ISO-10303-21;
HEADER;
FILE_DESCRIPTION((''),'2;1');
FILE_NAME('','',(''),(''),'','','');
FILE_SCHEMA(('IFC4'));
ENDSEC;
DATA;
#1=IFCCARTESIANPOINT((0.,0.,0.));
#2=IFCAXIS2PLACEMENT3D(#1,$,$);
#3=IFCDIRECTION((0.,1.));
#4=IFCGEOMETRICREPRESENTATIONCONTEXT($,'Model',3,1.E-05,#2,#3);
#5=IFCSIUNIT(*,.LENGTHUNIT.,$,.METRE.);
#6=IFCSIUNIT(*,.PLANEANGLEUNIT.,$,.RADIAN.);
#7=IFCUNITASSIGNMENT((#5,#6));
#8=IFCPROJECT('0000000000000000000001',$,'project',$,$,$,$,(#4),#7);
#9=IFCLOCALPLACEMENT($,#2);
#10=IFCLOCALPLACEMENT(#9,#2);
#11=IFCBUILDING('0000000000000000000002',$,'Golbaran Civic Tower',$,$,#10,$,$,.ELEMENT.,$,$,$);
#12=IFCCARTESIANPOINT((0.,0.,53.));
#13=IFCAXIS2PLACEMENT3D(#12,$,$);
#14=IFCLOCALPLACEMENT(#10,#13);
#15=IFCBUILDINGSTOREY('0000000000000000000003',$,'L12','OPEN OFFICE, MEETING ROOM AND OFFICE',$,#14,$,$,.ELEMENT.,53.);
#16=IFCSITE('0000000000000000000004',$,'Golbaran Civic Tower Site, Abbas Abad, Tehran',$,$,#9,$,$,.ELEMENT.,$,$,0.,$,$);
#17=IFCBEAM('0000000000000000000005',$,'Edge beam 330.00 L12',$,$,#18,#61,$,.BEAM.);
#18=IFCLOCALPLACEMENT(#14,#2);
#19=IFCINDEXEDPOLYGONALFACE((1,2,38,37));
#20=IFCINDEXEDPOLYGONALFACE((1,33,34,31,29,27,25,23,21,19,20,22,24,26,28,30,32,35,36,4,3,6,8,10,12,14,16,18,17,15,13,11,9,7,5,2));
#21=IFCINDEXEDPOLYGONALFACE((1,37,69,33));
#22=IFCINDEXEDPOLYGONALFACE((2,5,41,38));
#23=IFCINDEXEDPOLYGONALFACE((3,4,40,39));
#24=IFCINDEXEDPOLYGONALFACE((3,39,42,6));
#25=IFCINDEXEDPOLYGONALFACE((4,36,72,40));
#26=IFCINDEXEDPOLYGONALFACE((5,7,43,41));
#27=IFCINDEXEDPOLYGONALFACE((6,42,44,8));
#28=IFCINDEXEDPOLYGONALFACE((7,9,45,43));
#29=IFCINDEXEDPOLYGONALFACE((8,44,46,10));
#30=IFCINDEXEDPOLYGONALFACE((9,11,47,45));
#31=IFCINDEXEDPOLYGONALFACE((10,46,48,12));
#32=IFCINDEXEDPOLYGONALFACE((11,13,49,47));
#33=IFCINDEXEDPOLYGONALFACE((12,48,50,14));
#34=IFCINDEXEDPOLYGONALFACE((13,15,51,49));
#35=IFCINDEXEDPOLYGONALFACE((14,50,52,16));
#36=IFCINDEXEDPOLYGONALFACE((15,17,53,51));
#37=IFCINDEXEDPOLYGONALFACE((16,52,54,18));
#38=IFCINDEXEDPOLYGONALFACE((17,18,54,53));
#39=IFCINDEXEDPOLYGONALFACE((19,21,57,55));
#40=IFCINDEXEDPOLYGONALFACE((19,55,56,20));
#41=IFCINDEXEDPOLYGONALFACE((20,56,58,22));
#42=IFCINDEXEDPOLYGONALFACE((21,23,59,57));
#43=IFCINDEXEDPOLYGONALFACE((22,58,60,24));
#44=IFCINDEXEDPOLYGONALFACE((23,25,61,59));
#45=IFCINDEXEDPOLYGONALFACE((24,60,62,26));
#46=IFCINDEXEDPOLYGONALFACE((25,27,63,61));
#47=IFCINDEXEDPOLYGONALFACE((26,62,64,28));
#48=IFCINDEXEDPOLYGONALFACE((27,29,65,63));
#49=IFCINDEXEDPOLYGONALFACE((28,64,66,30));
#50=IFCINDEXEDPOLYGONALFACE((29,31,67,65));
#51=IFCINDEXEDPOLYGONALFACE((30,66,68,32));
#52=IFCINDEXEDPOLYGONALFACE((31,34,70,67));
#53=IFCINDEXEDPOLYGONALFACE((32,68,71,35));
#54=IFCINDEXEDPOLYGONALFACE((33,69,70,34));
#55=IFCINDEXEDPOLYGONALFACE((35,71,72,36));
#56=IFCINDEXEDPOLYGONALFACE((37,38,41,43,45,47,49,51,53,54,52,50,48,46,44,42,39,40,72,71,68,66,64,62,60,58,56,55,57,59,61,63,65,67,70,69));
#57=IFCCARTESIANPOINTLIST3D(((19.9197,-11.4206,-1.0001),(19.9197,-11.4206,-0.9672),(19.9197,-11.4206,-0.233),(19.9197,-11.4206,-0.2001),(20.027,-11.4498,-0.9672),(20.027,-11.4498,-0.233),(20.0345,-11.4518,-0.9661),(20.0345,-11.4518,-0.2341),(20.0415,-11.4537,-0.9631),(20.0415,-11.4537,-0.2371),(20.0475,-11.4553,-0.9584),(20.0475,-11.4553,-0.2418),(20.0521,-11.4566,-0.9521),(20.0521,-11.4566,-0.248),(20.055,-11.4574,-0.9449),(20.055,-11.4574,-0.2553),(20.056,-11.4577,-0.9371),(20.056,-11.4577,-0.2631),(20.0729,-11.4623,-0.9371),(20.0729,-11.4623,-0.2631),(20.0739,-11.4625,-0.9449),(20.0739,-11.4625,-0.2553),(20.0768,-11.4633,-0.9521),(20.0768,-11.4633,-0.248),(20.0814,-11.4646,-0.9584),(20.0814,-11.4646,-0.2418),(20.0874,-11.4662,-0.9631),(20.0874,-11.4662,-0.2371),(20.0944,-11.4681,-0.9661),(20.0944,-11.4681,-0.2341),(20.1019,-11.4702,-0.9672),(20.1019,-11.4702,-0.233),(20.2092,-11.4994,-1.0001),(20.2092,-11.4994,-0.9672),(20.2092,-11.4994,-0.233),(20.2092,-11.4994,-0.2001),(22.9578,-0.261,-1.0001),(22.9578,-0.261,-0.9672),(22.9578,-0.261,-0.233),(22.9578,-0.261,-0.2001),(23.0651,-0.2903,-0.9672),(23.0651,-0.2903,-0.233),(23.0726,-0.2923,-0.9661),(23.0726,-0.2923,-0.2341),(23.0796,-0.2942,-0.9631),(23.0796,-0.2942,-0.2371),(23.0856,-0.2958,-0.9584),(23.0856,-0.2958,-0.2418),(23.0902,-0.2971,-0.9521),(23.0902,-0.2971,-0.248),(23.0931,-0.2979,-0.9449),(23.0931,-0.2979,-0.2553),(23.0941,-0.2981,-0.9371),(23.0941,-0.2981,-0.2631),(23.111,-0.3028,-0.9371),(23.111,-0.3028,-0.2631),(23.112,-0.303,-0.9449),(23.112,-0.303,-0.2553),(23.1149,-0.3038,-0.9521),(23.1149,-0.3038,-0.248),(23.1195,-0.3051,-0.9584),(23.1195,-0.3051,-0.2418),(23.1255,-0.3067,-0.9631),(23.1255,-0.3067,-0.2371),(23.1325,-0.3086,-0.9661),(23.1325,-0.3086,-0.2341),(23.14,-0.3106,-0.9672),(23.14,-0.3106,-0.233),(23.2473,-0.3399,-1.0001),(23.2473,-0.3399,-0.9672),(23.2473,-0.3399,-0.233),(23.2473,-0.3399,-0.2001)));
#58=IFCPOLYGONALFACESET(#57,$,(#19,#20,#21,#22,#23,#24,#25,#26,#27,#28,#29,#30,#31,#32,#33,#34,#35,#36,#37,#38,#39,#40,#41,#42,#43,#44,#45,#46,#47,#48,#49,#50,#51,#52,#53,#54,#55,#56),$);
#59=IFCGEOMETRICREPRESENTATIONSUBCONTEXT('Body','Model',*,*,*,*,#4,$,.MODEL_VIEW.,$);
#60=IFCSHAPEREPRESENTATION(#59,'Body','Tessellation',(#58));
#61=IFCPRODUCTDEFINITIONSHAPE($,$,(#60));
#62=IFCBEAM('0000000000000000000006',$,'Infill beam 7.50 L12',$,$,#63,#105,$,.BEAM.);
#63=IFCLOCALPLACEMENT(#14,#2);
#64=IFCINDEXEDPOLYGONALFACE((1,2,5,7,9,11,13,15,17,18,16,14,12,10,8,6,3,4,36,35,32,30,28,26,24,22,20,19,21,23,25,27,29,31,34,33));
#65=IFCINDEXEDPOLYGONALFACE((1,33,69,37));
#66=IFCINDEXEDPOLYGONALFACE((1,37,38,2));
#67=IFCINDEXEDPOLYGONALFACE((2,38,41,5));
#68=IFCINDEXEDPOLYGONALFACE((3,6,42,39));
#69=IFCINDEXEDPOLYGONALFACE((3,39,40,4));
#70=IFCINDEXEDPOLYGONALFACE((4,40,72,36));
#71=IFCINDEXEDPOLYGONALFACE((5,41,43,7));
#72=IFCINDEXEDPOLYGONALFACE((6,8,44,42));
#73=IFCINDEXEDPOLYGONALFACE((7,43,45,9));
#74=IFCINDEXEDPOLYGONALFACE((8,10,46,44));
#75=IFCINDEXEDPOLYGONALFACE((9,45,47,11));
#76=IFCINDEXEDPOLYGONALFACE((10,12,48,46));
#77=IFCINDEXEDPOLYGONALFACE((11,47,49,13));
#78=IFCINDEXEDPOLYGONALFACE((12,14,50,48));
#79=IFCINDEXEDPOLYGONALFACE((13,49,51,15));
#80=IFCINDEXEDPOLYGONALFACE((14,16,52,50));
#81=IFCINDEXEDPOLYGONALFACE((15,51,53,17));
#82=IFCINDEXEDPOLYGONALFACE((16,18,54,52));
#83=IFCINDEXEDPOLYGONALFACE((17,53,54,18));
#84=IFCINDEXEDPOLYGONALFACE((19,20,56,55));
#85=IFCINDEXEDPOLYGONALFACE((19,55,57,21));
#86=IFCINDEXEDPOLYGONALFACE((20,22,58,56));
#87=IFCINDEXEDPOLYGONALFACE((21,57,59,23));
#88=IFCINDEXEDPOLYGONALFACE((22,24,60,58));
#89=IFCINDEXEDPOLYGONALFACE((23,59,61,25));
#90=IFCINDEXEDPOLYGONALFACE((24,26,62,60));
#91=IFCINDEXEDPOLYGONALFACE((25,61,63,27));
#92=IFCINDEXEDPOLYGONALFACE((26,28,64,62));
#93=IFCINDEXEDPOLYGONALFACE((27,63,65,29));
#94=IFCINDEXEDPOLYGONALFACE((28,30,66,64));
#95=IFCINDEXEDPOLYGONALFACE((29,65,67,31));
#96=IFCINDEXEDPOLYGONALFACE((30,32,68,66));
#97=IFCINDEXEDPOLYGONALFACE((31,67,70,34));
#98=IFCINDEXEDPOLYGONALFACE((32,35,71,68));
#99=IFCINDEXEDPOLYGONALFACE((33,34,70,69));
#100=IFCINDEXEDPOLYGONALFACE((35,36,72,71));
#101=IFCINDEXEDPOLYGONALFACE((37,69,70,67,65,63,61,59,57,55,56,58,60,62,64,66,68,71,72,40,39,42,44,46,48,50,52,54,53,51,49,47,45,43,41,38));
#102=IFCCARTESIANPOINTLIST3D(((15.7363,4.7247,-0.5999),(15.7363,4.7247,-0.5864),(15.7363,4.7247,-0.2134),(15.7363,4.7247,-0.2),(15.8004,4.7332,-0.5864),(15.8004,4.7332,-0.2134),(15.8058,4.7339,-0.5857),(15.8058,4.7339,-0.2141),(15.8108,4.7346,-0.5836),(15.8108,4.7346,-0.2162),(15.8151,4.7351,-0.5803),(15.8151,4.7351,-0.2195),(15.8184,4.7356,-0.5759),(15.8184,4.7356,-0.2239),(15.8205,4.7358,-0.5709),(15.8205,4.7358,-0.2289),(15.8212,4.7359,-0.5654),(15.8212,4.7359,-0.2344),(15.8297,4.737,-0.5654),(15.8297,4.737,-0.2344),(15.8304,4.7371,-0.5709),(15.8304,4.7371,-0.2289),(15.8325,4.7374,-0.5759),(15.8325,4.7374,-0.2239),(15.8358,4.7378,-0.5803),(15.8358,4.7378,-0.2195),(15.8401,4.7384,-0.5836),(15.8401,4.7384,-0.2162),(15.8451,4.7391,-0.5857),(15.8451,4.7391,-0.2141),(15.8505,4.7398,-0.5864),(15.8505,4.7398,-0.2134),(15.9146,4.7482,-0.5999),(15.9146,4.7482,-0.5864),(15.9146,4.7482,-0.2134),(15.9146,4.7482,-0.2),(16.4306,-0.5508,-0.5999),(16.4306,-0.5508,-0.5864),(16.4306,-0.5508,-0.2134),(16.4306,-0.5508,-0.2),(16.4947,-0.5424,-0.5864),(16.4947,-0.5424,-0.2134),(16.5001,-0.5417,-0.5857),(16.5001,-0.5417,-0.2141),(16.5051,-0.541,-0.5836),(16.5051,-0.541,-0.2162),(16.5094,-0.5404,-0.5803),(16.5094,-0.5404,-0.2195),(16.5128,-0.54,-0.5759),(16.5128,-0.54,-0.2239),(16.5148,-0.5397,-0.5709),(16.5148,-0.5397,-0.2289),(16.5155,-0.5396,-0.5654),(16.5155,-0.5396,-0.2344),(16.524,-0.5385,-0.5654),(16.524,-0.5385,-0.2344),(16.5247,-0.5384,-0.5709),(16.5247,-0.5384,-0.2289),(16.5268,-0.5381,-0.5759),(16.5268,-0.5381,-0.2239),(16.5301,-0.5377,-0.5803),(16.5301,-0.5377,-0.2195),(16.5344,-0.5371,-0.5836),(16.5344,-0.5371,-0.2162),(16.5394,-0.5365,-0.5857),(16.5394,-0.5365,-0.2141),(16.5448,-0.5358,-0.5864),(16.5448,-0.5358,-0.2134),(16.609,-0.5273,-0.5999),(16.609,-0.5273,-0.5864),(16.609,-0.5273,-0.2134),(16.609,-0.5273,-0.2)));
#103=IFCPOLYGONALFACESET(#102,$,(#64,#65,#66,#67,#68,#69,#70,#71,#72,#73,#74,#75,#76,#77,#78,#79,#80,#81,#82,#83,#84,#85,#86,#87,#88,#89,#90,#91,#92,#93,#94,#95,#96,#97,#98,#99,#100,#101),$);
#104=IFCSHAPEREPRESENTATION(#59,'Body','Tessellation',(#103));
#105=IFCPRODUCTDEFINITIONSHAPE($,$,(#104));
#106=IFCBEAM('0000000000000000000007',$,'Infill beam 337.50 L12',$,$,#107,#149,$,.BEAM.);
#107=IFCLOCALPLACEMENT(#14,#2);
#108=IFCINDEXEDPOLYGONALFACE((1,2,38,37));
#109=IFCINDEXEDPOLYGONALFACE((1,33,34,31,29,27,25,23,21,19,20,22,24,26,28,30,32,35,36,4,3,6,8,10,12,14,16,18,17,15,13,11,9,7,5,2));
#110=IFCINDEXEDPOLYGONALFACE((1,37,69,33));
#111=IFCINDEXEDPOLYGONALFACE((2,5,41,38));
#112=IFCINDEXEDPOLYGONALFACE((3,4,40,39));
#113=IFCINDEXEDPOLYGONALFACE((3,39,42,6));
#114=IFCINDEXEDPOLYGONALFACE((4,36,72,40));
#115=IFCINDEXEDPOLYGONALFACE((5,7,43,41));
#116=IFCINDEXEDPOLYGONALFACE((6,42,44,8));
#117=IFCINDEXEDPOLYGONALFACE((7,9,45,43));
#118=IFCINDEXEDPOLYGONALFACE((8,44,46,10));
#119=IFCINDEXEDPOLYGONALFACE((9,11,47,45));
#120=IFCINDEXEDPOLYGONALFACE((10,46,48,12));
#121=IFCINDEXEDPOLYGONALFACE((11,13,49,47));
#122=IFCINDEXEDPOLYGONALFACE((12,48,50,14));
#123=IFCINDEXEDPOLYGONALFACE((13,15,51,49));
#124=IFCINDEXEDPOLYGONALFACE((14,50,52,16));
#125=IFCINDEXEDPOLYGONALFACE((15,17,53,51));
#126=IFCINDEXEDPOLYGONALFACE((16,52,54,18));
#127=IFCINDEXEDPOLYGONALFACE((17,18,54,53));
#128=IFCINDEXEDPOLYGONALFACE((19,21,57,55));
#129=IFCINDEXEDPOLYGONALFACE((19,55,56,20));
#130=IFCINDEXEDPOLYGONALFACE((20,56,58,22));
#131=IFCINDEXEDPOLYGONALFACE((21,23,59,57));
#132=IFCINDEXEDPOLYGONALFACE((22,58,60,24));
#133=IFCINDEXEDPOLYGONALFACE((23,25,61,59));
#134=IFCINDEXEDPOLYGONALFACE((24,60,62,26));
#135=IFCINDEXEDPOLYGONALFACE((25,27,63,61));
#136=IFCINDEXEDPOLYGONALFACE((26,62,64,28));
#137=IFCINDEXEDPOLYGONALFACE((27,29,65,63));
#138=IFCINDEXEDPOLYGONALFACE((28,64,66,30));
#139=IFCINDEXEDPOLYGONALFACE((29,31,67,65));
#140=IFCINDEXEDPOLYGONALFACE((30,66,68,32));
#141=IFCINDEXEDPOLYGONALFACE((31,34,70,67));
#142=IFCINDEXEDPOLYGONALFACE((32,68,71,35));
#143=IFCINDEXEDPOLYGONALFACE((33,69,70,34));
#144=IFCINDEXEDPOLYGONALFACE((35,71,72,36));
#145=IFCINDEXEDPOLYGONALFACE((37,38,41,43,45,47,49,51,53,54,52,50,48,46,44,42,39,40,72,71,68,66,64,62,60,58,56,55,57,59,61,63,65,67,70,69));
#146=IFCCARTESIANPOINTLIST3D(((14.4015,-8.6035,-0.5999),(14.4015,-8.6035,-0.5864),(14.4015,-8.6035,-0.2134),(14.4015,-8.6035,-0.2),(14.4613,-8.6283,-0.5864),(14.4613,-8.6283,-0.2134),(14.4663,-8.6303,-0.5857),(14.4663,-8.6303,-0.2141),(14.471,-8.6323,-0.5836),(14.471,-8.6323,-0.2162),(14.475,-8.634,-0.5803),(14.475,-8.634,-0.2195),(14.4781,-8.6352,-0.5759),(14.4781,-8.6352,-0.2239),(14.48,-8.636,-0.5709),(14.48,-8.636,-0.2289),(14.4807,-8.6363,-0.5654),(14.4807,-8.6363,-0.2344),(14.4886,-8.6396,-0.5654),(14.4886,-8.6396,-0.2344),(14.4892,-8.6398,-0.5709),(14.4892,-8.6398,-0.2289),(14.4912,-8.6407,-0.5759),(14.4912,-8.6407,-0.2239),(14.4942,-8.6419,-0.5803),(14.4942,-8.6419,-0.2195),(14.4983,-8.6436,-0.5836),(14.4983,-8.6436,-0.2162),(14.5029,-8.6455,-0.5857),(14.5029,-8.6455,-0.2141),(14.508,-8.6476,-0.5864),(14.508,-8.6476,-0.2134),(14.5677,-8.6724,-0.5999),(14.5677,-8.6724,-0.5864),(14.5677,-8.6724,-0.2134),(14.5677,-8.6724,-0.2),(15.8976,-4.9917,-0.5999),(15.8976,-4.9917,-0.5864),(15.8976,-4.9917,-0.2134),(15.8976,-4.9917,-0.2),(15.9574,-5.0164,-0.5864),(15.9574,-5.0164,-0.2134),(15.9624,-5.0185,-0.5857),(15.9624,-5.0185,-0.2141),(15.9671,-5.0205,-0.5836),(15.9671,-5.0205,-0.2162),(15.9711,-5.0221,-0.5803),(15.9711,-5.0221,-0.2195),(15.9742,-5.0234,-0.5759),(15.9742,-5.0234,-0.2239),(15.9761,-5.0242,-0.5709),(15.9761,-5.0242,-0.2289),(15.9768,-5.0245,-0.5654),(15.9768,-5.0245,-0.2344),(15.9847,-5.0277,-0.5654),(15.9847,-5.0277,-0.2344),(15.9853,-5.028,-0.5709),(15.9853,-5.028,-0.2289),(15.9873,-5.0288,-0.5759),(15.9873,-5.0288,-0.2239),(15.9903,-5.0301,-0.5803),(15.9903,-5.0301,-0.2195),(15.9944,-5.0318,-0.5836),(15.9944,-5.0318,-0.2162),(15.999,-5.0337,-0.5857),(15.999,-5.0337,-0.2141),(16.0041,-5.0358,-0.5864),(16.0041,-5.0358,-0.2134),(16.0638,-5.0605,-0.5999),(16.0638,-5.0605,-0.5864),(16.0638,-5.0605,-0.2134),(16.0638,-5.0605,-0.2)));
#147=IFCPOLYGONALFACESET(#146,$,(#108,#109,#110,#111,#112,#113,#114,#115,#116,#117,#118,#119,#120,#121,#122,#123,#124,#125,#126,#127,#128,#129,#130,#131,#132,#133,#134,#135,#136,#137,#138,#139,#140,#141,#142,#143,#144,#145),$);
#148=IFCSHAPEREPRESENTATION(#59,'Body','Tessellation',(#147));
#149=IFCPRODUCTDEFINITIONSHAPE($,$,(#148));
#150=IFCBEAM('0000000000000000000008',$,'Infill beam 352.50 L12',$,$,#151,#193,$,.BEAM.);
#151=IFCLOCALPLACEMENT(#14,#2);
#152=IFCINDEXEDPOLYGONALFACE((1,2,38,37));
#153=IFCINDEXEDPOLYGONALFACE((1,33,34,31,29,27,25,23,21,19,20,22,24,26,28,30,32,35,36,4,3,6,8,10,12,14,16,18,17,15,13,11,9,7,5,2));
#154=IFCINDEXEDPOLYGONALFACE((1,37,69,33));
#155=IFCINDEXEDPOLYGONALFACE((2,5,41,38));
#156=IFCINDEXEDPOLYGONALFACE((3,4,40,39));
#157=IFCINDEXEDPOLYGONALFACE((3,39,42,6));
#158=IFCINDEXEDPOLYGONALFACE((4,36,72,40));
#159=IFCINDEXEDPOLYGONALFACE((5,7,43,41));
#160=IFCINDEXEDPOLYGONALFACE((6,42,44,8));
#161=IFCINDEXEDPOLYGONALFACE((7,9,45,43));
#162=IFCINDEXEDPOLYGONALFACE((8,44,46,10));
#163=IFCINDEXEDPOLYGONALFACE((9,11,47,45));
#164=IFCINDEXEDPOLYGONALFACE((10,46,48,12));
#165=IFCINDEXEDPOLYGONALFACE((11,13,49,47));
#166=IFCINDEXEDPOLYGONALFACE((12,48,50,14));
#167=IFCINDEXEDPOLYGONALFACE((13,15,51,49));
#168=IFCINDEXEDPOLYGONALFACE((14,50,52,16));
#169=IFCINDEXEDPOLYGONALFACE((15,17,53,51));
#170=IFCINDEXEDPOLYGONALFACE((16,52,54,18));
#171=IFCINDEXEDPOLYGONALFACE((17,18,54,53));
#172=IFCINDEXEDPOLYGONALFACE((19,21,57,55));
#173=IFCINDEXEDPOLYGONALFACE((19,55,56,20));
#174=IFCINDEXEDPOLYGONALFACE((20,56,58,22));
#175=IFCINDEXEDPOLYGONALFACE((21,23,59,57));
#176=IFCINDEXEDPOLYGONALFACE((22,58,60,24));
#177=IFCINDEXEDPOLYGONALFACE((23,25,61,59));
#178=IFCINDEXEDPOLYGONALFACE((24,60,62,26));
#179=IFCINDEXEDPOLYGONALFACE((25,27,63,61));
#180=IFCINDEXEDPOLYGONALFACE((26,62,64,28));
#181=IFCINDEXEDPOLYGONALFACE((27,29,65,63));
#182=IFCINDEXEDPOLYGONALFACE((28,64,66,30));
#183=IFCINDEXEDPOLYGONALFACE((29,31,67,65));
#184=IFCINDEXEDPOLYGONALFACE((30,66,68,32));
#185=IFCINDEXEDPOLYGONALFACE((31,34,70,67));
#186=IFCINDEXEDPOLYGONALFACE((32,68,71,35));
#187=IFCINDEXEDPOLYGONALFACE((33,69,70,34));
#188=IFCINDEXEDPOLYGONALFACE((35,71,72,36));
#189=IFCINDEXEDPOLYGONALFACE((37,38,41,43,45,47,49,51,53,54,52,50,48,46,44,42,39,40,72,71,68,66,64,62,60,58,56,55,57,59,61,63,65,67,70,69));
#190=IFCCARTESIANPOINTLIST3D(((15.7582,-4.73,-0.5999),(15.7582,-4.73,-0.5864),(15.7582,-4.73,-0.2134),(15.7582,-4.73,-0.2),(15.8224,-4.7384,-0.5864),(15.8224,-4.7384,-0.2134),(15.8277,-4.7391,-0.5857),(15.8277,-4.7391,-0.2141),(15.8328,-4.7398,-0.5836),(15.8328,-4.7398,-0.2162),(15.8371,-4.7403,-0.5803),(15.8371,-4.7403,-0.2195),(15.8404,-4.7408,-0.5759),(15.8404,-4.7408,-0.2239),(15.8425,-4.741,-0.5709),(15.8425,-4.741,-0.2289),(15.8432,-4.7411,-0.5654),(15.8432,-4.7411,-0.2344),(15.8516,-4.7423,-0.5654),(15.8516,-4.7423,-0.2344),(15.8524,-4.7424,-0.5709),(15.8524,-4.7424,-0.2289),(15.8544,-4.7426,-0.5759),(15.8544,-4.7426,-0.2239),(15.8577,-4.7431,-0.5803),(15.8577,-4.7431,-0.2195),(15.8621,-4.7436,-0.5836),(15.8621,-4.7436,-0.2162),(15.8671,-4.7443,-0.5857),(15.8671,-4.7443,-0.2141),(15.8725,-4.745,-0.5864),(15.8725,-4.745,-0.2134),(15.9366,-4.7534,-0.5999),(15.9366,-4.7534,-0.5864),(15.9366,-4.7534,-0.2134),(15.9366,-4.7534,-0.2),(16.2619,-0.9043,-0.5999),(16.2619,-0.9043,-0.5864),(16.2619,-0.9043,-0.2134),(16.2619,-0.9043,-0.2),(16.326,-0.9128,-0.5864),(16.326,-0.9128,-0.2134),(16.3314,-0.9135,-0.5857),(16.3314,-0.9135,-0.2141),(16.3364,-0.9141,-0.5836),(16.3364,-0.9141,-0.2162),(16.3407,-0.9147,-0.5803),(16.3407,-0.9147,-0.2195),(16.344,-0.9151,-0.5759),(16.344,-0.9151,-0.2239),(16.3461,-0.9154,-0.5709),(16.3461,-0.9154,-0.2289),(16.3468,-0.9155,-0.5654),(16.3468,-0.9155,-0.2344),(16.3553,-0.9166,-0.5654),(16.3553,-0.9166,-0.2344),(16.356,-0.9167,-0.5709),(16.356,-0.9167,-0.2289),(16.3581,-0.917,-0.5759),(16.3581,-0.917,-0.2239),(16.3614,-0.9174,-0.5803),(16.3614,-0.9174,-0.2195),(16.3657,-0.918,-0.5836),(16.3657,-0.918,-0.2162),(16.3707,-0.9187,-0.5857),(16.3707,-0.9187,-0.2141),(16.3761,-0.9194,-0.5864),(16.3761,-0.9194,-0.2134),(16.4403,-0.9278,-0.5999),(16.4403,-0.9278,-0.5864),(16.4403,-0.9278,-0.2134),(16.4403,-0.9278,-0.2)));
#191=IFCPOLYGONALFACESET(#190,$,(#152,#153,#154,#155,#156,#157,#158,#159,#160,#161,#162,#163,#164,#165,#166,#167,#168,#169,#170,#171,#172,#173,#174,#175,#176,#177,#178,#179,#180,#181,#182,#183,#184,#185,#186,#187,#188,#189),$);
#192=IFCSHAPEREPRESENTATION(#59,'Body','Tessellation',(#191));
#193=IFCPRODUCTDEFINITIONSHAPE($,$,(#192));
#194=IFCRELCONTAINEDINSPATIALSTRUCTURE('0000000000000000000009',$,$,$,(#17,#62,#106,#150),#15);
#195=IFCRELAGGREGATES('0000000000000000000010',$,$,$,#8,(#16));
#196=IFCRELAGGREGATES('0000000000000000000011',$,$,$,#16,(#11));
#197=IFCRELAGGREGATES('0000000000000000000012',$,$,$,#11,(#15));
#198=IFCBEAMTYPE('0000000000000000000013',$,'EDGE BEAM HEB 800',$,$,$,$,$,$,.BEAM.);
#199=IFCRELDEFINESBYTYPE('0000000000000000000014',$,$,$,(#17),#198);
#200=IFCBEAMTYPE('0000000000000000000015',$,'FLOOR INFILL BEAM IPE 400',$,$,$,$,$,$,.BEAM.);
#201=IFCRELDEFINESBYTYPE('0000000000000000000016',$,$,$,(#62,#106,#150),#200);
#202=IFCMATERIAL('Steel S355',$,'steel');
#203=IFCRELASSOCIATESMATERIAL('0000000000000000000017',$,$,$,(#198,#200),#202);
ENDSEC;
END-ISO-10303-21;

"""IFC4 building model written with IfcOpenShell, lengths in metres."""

from ifc_helpers import new_model, si_unit, direction, frame, origin, origin_2d, place, context, subcontext, project, spatial, i_section, extrude, material, material_profile, profile_set, type_object, element, save


model = new_model("IFC4")

# Units and contexts
model_context = context("Model", 3, precision=1e-05, world=origin(), true_north=direction((0.0, 1.0)))
body_context = subcontext(model_context, "Body", "Model", "MODEL_VIEW")
ifc_project = project(units=[si_unit("LENGTHUNIT", "METRE"), si_unit("PLANEANGLEUNIT", "RADIAN")], contexts=[model_context])

# Site, building, storey
site_placement = place(None, origin())
site = spatial("IfcSite", under=ifc_project, at=site_placement, Name="Golbaran Civic Tower Site, Abbas Abad, Tehran", CompositionType="ELEMENT", RefElevation=0.0)
building_placement = place(site_placement, origin())
building = spatial("IfcBuilding", under=site, at=building_placement, Name="Golbaran Civic Tower", CompositionType="ELEMENT")
storey_placement = place(building_placement, frame((0.0, 0.0, 53.0)))
storey = spatial("IfcBuildingStorey", under=building, at=storey_placement, Name="L12", Description="OPEN OFFICE, MEETING ROOM AND OFFICE", CompositionType="ELEMENT", Elevation=53.0)

# Beams
ifc_material_1 = material(Name="Steel S355", Category="steel")
ifc_material_profile_1 = material_profile(ifc_material_1, i_section(OverallWidth=0.3, OverallDepth=0.8, WebThickness=0.0176, FlangeThickness=0.033, FilletRadius=0.03, at=origin_2d()), Name="HEB 800")
ifc_profile_set_1 = profile_set([ifc_material_profile_1], Name="Steel S355")
beam_type_1 = type_object("IfcBeamType", Name="EDGE BEAM HEB 800", PredefinedType="BEAM", material=ifc_profile_set_1)
beam_1_placement = place(storey_placement, frame((20.0645, -11.46, -0.6001), z_axis=(0.262683, 0.964882, 0.0), x_axis=(-0.964882, 0.262683, 0.0)))
element("IfcBeam", 1, at=beam_1_placement, inside=storey, type_object=beam_type_1, Name="Edge beam 330.00 L12", PredefinedType="BEAM", context=body_context, shape_type="SweptSolid", body=[
    extrude(i_section(OverallWidth=0.3, OverallDepth=0.8, WebThickness=0.0176, FlangeThickness=0.033, FilletRadius=0.03, at=origin_2d()), origin(), (0.0, 0.0, 1.0), 11.5657),
])
ifc_material_profile_2 = material_profile(ifc_material_1, i_section(OverallWidth=0.1799, OverallDepth=0.3999, WebThickness=0.0085, FlangeThickness=0.0134, FilletRadius=0.021, at=origin_2d()), Name="IPE 400")
ifc_profile_set_2 = profile_set([ifc_material_profile_2], Name="Steel S355")
beam_type_2 = type_object("IfcBeamType", Name="FLOOR INFILL BEAM IPE 400", PredefinedType="BEAM", material=ifc_profile_set_2)
beam_2_placement = place(storey_placement, frame((16.5198, -0.5391, -0.3999), z_axis=(-0.130487, 0.99145, 0.0), x_axis=(-0.99145, -0.130487, 0.0)))
element("IfcBeam", 2, at=beam_2_placement, inside=storey, type_object=beam_type_2, Name="Infill beam 7.50 L12", PredefinedType="BEAM", context=body_context, shape_type="SweptSolid", body=[
    extrude(i_section(OverallWidth=0.1799, OverallDepth=0.3999, WebThickness=0.0085, FlangeThickness=0.0134, FilletRadius=0.021, at=origin_2d()), origin(), (0.0, 0.0, 1.0), 5.321),
])
beam_3_placement = place(storey_placement, frame((14.4846, -8.6379, -0.3999), z_axis=(0.38269, 0.923877, 0.0), x_axis=(-0.923877, 0.38269, 0.0)))
element("IfcBeam", 3, at=beam_3_placement, inside=storey, type_object=beam_type_2, Name="Infill beam 337.50 L12", PredefinedType="BEAM", context=body_context, shape_type="SweptSolid", body=[
    extrude(i_section(OverallWidth=0.1799, OverallDepth=0.3999, WebThickness=0.0085, FlangeThickness=0.0134, FilletRadius=0.021, at=origin_2d()), origin(), (0.0, 0.0, 1.0), 3.9094),
])
beam_4_placement = place(storey_placement, frame((15.8474, -4.7417, -0.3999), z_axis=(0.130527, 0.991445, 0.0), x_axis=(-0.991445, 0.130527, 0.0)))
element("IfcBeam", 4, at=beam_4_placement, inside=storey, type_object=beam_type_2, Name="Infill beam 352.50 L12", PredefinedType="BEAM", context=body_context, shape_type="SweptSolid", body=[
    extrude(i_section(OverallWidth=0.1799, OverallDepth=0.3999, WebThickness=0.0085, FlangeThickness=0.0134, FilletRadius=0.021, at=origin_2d()), origin(), (0.0, 0.0, 1.0), 3.8586),
])

save(model, "model.ifc")
